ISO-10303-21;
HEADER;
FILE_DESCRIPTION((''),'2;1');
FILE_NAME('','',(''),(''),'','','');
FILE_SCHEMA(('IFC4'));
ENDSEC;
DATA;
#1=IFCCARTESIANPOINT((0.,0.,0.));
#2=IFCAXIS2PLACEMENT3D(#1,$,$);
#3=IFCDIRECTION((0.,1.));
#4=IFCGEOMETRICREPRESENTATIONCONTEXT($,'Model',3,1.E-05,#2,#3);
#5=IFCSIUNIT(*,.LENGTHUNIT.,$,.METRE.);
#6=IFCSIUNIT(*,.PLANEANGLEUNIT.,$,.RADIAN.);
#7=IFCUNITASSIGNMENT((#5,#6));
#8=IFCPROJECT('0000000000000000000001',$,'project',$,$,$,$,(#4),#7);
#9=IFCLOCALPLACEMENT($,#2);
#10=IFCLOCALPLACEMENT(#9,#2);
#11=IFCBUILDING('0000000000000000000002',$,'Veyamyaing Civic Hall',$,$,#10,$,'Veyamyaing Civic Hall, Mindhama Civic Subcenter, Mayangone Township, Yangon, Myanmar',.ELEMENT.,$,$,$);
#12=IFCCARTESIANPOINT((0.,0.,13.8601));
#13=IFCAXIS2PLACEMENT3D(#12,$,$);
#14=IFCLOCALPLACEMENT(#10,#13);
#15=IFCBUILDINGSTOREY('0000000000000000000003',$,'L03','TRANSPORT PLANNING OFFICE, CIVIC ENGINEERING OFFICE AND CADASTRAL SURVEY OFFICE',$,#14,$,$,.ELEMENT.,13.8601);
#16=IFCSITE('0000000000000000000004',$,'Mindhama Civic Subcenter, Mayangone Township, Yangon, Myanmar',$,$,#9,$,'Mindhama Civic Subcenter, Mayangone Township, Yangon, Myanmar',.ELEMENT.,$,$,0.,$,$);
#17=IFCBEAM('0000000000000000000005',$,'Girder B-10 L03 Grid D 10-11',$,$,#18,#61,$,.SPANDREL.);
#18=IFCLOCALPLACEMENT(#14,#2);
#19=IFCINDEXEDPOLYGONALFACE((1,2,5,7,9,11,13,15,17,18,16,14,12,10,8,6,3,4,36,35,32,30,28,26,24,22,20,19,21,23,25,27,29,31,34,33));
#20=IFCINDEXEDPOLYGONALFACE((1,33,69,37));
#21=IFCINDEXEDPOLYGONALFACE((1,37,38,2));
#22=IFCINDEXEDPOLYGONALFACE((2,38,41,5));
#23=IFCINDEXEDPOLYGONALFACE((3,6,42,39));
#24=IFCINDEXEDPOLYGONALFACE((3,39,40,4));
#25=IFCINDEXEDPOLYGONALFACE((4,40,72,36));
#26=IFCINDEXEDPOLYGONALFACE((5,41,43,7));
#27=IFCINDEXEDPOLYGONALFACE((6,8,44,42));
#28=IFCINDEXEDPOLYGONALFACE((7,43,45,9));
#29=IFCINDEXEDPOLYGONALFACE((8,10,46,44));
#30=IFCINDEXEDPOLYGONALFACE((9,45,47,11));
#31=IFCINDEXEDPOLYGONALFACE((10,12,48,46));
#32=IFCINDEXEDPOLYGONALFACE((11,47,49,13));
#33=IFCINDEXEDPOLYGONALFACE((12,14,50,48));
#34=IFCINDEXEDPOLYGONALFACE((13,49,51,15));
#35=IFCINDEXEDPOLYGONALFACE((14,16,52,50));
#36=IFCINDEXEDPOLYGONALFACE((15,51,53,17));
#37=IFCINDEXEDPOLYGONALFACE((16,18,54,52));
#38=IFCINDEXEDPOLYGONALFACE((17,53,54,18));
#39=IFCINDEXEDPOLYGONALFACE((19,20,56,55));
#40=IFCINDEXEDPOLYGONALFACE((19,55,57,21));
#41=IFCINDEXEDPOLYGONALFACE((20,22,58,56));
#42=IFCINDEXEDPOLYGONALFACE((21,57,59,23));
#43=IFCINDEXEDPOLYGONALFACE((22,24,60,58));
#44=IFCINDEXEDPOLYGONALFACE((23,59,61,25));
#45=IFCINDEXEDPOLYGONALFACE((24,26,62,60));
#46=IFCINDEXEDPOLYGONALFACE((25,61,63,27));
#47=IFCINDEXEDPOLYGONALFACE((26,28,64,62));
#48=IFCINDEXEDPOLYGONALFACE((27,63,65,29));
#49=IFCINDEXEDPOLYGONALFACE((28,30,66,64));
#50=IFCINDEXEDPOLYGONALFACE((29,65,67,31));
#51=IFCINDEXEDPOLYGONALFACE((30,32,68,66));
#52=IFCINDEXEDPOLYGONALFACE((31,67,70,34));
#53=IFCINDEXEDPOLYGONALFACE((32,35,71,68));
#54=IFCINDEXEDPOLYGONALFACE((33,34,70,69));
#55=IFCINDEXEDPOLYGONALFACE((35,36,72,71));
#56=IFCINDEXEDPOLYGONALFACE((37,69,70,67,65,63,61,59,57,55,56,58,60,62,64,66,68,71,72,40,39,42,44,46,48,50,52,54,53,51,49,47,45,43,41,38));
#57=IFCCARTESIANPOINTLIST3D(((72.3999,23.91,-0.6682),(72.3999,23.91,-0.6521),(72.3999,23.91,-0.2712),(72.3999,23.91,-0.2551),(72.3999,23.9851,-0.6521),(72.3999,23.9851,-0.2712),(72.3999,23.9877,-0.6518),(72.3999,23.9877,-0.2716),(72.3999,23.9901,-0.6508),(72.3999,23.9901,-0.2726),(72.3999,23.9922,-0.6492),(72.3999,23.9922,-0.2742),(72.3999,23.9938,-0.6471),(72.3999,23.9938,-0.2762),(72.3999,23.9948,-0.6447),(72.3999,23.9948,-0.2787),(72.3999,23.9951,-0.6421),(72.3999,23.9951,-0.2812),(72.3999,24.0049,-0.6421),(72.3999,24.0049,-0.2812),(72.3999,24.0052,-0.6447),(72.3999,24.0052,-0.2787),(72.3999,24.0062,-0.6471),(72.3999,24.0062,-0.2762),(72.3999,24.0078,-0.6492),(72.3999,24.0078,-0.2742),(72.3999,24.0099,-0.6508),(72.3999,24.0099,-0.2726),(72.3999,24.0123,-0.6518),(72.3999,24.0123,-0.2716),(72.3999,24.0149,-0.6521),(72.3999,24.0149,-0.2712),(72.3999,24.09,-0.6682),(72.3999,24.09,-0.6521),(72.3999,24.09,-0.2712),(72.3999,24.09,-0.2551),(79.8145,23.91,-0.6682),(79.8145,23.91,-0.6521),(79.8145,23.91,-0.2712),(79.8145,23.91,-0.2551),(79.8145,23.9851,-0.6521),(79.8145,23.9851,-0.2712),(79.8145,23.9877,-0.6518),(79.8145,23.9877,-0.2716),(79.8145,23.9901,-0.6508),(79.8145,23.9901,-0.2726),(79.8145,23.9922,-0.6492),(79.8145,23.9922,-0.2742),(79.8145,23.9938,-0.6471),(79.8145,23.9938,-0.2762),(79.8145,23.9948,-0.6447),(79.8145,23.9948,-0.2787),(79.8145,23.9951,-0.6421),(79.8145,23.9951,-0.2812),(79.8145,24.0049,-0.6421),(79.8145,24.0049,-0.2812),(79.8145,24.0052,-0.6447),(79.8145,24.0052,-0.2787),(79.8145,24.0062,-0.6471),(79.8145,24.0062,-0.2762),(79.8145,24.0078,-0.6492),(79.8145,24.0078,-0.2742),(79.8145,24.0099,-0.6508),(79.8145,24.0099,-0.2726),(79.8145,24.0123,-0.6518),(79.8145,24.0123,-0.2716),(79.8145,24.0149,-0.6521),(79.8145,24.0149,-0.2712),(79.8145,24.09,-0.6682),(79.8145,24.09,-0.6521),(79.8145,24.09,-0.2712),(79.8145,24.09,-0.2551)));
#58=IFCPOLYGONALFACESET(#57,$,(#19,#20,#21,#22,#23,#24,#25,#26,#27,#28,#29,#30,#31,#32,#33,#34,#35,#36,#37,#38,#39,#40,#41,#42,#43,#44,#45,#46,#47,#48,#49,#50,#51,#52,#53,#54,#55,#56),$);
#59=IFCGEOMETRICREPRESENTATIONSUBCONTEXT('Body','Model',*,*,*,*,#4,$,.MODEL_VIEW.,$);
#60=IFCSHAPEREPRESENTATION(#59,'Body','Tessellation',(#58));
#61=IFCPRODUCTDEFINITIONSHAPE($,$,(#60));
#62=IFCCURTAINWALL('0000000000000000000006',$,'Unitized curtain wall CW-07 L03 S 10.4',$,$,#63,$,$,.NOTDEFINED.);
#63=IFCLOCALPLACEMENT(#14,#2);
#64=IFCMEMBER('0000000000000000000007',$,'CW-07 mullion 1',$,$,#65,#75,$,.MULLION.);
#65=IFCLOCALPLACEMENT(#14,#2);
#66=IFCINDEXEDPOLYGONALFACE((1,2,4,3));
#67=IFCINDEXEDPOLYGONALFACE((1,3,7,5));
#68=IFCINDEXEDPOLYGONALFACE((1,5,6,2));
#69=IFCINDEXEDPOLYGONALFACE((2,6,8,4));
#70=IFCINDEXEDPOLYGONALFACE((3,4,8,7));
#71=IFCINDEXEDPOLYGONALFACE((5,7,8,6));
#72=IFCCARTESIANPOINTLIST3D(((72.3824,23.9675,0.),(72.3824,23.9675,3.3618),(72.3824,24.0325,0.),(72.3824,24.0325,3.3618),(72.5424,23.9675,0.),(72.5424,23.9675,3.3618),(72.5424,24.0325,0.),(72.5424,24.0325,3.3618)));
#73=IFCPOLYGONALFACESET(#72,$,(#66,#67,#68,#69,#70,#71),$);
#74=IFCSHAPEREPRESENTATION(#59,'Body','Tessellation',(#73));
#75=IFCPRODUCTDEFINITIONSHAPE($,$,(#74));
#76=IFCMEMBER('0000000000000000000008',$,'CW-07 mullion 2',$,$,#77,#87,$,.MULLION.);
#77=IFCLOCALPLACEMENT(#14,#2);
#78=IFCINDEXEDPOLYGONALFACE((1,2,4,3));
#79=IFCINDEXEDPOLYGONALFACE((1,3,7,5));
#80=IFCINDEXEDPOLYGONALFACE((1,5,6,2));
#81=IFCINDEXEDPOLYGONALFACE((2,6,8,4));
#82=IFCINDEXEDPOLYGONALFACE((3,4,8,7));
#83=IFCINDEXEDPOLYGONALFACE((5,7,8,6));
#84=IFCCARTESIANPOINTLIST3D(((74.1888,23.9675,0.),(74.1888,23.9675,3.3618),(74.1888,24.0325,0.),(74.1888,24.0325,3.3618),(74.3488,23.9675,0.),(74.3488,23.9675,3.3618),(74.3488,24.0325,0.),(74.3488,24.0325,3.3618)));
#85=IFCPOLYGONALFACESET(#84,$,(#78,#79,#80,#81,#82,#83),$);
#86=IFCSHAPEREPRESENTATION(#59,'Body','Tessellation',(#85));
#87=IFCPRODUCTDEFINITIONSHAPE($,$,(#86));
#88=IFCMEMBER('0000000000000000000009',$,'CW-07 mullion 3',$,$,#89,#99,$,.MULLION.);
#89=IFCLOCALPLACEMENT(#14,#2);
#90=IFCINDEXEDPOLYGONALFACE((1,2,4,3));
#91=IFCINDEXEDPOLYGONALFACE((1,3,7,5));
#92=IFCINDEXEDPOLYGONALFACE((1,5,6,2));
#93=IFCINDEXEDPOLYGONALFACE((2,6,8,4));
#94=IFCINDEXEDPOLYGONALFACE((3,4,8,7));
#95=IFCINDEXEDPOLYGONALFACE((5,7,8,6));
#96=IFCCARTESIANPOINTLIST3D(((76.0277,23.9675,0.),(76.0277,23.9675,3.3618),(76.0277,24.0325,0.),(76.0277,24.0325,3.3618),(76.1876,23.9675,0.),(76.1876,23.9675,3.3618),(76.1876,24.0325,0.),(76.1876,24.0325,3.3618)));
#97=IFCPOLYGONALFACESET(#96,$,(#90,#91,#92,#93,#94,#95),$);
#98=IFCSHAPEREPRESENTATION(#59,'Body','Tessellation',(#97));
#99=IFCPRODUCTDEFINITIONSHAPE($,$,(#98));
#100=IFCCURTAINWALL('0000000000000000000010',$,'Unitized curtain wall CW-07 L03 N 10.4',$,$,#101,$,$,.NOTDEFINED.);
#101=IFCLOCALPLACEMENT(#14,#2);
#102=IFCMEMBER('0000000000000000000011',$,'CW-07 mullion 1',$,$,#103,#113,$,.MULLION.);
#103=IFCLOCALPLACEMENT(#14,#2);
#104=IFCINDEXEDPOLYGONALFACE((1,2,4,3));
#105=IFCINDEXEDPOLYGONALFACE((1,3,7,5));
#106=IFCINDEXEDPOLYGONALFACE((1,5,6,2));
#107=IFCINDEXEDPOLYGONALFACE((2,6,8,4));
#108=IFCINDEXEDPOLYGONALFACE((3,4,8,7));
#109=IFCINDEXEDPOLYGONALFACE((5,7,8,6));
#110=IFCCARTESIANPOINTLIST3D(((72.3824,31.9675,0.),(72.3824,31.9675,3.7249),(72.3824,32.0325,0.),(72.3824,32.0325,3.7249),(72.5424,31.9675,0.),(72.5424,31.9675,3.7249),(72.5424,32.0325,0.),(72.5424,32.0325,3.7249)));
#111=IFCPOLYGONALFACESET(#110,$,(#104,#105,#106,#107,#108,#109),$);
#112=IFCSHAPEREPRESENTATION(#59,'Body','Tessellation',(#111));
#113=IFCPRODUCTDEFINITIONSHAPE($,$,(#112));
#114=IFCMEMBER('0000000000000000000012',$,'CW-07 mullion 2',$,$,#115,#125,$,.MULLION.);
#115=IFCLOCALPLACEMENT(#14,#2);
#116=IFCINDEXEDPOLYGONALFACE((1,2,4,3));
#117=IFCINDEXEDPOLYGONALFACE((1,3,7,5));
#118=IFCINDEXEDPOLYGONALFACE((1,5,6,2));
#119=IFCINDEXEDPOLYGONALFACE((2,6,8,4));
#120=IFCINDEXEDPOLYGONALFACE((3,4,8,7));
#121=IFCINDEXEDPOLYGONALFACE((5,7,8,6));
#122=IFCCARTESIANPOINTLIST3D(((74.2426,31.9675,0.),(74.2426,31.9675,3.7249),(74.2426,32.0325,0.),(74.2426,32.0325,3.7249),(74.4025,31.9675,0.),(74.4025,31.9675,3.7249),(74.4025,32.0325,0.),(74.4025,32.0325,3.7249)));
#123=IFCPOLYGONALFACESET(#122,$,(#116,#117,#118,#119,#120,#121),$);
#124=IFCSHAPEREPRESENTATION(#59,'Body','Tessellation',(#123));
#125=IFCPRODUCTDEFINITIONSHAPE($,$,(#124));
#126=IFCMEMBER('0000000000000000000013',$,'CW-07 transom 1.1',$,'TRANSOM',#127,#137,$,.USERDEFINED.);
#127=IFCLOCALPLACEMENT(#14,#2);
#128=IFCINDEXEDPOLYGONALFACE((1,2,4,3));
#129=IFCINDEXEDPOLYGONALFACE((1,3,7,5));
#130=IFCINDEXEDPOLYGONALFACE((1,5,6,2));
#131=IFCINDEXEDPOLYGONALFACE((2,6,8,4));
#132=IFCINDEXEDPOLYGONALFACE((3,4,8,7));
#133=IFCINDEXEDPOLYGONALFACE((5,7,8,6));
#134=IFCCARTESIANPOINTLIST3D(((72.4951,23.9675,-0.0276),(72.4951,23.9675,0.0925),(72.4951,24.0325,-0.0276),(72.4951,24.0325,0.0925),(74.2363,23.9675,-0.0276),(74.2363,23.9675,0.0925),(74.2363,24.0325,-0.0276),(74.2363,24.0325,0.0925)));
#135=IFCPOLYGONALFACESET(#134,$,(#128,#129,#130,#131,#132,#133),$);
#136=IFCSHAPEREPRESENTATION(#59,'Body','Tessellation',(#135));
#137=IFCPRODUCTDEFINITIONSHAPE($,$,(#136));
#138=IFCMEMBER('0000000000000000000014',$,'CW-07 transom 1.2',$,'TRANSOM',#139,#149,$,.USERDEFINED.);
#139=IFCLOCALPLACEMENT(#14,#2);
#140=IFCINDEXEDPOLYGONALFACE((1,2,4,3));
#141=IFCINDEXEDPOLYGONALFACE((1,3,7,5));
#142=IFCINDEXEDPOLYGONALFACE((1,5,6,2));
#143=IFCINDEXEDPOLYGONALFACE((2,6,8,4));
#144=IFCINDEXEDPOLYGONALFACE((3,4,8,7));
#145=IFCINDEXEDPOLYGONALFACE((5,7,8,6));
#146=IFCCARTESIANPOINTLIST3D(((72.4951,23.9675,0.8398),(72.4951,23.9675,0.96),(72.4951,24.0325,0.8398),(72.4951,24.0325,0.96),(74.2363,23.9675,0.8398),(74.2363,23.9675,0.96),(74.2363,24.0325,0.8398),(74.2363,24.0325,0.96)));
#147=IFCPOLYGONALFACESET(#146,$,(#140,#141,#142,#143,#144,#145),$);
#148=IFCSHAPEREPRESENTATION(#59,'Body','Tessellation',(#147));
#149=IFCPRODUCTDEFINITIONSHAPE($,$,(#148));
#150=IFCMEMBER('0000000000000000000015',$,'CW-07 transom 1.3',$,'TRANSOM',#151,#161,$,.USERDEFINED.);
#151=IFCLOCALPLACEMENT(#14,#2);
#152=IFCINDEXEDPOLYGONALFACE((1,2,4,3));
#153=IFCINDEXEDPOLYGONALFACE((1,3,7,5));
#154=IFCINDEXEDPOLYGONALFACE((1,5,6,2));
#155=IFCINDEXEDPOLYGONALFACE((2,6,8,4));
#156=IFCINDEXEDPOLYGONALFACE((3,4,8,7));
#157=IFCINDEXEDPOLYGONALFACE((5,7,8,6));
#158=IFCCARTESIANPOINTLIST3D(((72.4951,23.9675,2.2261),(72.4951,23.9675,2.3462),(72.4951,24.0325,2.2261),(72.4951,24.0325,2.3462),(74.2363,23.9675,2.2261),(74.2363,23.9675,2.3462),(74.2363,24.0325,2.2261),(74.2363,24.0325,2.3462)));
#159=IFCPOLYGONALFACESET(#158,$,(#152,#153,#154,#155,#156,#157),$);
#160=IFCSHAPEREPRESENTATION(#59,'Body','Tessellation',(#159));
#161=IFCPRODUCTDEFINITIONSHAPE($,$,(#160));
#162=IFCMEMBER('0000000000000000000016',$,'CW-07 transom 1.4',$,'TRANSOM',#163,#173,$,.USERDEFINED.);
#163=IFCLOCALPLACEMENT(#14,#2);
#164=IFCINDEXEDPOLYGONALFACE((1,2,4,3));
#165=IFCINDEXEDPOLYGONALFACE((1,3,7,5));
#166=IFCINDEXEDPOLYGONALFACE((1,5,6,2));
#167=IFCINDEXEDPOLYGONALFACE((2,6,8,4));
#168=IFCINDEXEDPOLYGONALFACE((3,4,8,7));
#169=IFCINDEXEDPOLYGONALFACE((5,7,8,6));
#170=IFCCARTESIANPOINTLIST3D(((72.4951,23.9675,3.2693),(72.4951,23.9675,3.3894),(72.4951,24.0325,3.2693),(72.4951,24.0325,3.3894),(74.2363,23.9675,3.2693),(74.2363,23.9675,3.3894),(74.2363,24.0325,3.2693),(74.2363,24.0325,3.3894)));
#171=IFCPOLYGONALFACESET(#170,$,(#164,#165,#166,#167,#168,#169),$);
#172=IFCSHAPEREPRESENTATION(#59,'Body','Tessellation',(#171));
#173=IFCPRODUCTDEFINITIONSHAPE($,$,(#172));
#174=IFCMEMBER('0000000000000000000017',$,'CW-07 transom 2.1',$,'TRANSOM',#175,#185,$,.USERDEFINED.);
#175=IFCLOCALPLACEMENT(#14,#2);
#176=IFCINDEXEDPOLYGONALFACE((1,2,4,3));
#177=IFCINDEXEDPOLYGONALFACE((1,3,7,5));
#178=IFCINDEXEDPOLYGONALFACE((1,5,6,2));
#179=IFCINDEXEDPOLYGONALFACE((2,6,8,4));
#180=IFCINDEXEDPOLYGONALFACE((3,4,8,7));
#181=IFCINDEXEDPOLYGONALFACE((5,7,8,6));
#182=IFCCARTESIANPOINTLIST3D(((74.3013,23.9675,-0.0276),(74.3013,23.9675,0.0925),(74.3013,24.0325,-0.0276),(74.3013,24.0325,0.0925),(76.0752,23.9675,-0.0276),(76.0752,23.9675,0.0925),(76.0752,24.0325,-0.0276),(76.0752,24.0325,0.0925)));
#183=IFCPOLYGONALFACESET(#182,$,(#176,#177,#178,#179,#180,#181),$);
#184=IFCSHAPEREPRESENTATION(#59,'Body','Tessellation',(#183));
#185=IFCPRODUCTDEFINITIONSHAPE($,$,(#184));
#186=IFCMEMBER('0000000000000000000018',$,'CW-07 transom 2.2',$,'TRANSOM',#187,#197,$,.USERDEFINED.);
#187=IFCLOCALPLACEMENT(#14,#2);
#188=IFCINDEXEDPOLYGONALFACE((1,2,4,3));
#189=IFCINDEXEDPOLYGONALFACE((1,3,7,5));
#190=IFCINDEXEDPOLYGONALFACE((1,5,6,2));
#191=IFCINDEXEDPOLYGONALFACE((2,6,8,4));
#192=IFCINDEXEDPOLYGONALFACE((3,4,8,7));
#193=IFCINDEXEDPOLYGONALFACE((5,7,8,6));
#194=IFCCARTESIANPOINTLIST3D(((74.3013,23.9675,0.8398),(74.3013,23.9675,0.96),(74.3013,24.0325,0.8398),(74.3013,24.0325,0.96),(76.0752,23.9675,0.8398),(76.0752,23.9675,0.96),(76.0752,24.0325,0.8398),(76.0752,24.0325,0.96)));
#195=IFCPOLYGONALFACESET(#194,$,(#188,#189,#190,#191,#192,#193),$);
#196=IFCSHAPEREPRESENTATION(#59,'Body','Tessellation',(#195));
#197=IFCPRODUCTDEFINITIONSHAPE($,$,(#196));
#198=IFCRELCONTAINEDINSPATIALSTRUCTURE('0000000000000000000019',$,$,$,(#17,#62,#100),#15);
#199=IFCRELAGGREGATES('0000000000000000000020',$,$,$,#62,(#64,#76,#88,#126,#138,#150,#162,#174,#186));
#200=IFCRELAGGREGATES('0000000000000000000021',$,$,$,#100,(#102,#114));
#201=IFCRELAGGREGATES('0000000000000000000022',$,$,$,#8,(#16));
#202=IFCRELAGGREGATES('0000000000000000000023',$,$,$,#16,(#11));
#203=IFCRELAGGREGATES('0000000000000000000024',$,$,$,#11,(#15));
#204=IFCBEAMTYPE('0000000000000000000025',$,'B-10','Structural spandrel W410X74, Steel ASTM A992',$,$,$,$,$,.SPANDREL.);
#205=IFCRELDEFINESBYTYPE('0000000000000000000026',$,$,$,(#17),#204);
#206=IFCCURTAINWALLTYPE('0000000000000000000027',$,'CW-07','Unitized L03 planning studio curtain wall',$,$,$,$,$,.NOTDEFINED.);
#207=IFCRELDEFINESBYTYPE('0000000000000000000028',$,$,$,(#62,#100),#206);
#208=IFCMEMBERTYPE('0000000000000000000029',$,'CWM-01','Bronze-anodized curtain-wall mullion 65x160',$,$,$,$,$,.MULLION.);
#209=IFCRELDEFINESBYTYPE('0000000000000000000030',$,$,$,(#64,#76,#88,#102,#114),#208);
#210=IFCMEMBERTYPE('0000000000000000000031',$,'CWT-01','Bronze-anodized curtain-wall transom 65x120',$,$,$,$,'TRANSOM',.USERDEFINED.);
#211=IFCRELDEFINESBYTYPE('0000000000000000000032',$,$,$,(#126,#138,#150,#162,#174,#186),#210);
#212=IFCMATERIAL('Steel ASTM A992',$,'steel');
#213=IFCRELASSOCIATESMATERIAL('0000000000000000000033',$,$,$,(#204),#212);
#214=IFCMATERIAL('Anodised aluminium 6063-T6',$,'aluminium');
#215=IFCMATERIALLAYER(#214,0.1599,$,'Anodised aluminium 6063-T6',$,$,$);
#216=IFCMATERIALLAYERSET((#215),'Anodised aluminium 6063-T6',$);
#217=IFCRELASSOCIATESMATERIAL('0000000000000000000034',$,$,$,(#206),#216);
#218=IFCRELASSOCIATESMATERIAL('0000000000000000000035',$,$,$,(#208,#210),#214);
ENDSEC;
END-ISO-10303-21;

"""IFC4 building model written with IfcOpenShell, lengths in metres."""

from ifc_helpers import new_model, si_unit, direction, frame, origin, origin_2d, place, context, subcontext, project, spatial, rectangle, i_section, extrude, material, layer, layer_set, material_profile, profile_set, type_object, element, aggregate, save


model = new_model("IFC4")

# Units and contexts
model_context = context("Model", 3, precision=1e-05, world=origin(), true_north=direction((0.0, 1.0)))
body_context = subcontext(model_context, "Body", "Model", "MODEL_VIEW")
ifc_project = project(units=[si_unit("LENGTHUNIT", "METRE"), si_unit("PLANEANGLEUNIT", "RADIAN")], contexts=[model_context])

# Site, building, storey
site_placement = place(None, origin())
site = spatial("IfcSite", under=ifc_project, at=site_placement, Name="Mindhama Civic Subcenter, Mayangone Township, Yangon, Myanmar", LongName="Mindhama Civic Subcenter, Mayangone Township, Yangon, Myanmar", CompositionType="ELEMENT", RefElevation=0.0)
building_placement = place(site_placement, origin())
building = spatial("IfcBuilding", under=site, at=building_placement, Name="Veyamyaing Civic Hall", LongName="Veyamyaing Civic Hall, Mindhama Civic Subcenter, Mayangone Township, Yangon, Myanmar", CompositionType="ELEMENT")
storey_placement = place(building_placement, frame((0.0, 0.0, 13.8601)))
storey = spatial("IfcBuildingStorey", under=building, at=storey_placement, Name="L03", Description="TRANSPORT PLANNING OFFICE, CIVIC ENGINEERING OFFICE AND CADASTRAL SURVEY OFFICE", CompositionType="ELEMENT", Elevation=13.8601)

# Beam
ifc_material_1 = material(Name="Steel ASTM A992", Category="steel")
ifc_material_profile_1 = material_profile(ifc_material_1, i_section(OverallWidth=0.1799, OverallDepth=0.4131, WebThickness=0.0098, FlangeThickness=0.0161, FilletRadius=0.01, at=origin_2d()), Name="W410X74")
ifc_profile_set_1 = profile_set([ifc_material_profile_1], Name="Steel ASTM A992")
beam_type = type_object("IfcBeamType", Name="B-10", Description="Structural spandrel W410X74, Steel ASTM A992", PredefinedType="SPANDREL", material=ifc_profile_set_1)
beam_placement = place(storey_placement, frame((72.3999, 24.0, -0.4617), z_axis=(1.0, 0.0, 0.0), x_axis=(0.0, 1.0, 0.0)))
element("IfcBeam", 1, at=beam_placement, inside=storey, type_object=beam_type, Name="Girder B-10 L03 Grid D 10-11", PredefinedType="SPANDREL", context=body_context, shape_type="SweptSolid", body=[
    extrude(i_section(OverallWidth=0.1799, OverallDepth=0.4131, WebThickness=0.0098, FlangeThickness=0.0161, FilletRadius=0.01, at=origin_2d()), origin(), (0.0, 0.0, 1.0), 7.4146),
])

# Curtain walls, members
ifc_material_2 = material(Name="Anodised aluminium 6063-T6", Category="aluminium")
ifc_layer_1 = layer(ifc_material_2, 0.1599, Name="Anodised aluminium 6063-T6")
ifc_layer_set_1 = layer_set([ifc_layer_1], Name="Anodised aluminium 6063-T6")
curtain_wall_type = type_object("IfcCurtainWallType", Name="CW-07", Description="Unitized L03 planning studio curtain wall", PredefinedType="NOTDEFINED", material=ifc_layer_set_1)
curtain_wall_1_placement = place(storey_placement, origin())
curtain_wall_1 = element("IfcCurtainWall", 2, at=curtain_wall_1_placement, inside=storey, type_object=curtain_wall_type, Name="Unitized curtain wall CW-07 L03 S 10.4", PredefinedType="NOTDEFINED")
ifc_material_profile_2 = material_profile(ifc_material_2, rectangle(XDim=0.0649, YDim=0.1599, at=origin_2d()), Name="ALU-MUL-65X160")
ifc_profile_set_2 = profile_set([ifc_material_profile_2], Name="Anodised aluminium 6063-T6")
member_type_1 = type_object("IfcMemberType", Name="CWM-01", Description="Bronze-anodized curtain-wall mullion 65x160", PredefinedType="MULLION", material=ifc_profile_set_2)
member_1_placement = place(storey_placement, frame((72.4624, 24.0, 0.0), z_axis=(0.0, 0.0, 1.0), x_axis=(0.0, 1.0, 0.0)))
member_1 = element("IfcMember", 3, at=member_1_placement, type_object=member_type_1, Name="CW-07 mullion 1", PredefinedType="MULLION", context=body_context, shape_type="SweptSolid", body=[
    extrude(rectangle(XDim=0.0649, YDim=0.1599, at=origin_2d()), origin(), (0.0, 0.0, 1.0), 3.3618),
])
member_2_placement = place(storey_placement, frame((74.2688, 24.0, 0.0), z_axis=(0.0, 0.0, 1.0), x_axis=(0.0, 1.0, 0.0)))
member_2 = element("IfcMember", 4, at=member_2_placement, type_object=member_type_1, Name="CW-07 mullion 2", PredefinedType="MULLION", context=body_context, shape_type="SweptSolid", body=[
    extrude(rectangle(XDim=0.0649, YDim=0.1599, at=origin_2d()), origin(), (0.0, 0.0, 1.0), 3.3618),
])
member_3_placement = place(storey_placement, frame((76.1077, 24.0, 0.0), z_axis=(0.0, 0.0, 1.0), x_axis=(0.0, 1.0, 0.0)))
member_3 = element("IfcMember", 5, at=member_3_placement, type_object=member_type_1, Name="CW-07 mullion 3", PredefinedType="MULLION", context=body_context, shape_type="SweptSolid", body=[
    extrude(rectangle(XDim=0.0649, YDim=0.1599, at=origin_2d()), origin(), (0.0, 0.0, 1.0), 3.3618),
])
curtain_wall_2_placement = place(storey_placement, origin())
curtain_wall_2 = element("IfcCurtainWall", 6, at=curtain_wall_2_placement, inside=storey, type_object=curtain_wall_type, Name="Unitized curtain wall CW-07 L03 N 10.4", PredefinedType="NOTDEFINED")
member_4_placement = place(storey_placement, frame((72.4624, 32.0, 0.0), z_axis=(0.0, 0.0, 1.0), x_axis=(0.0, 1.0, 0.0)))
member_4 = element("IfcMember", 7, at=member_4_placement, type_object=member_type_1, Name="CW-07 mullion 1", PredefinedType="MULLION", context=body_context, shape_type="SweptSolid", body=[
    extrude(rectangle(XDim=0.0649, YDim=0.1599, at=origin_2d()), origin(), (0.0, 0.0, 1.0), 3.7249),
])
member_5_placement = place(storey_placement, frame((74.3225, 32.0, 0.0), z_axis=(0.0, 0.0, 1.0), x_axis=(0.0, 1.0, 0.0)))
member_5 = element("IfcMember", 8, at=member_5_placement, type_object=member_type_1, Name="CW-07 mullion 2", PredefinedType="MULLION", context=body_context, shape_type="SweptSolid", body=[
    extrude(rectangle(XDim=0.0649, YDim=0.1599, at=origin_2d()), origin(), (0.0, 0.0, 1.0), 3.7249),
])

# Members
ifc_material_profile_3 = material_profile(ifc_material_2, rectangle(XDim=0.0649, YDim=0.1201, at=origin_2d()), Name="ALU-TRN-65X120")
ifc_profile_set_3 = profile_set([ifc_material_profile_3], Name="Anodised aluminium 6063-T6")
member_type_2 = type_object("IfcMemberType", Name="CWT-01", Description="Bronze-anodized curtain-wall transom 65x120", ElementType="TRANSOM", PredefinedType="USERDEFINED", material=ifc_profile_set_3)
member_6_placement = place(storey_placement, frame((72.4951, 24.0, 0.0325), z_axis=(1.0, 0.0, 0.0), x_axis=(0.0, 1.0, 0.0)))
member_6 = element("IfcMember", 9, at=member_6_placement, type_object=member_type_2, Name="CW-07 transom 1.1", ObjectType="TRANSOM", PredefinedType="USERDEFINED", context=body_context, shape_type="SweptSolid", body=[
    extrude(rectangle(XDim=0.0649, YDim=0.1201, at=origin_2d()), origin(), (0.0, 0.0, 1.0), 1.7412),
])
member_7_placement = place(storey_placement, frame((72.4951, 24.0, 0.8999), z_axis=(1.0, 0.0, 0.0), x_axis=(0.0, 1.0, 0.0)))
member_7 = element("IfcMember", 10, at=member_7_placement, type_object=member_type_2, Name="CW-07 transom 1.2", ObjectType="TRANSOM", PredefinedType="USERDEFINED", context=body_context, shape_type="SweptSolid", body=[
    extrude(rectangle(XDim=0.0649, YDim=0.1201, at=origin_2d()), origin(), (0.0, 0.0, 1.0), 1.7412),
])
member_8_placement = place(storey_placement, frame((72.4951, 24.0, 2.2861), z_axis=(1.0, 0.0, 0.0), x_axis=(0.0, 1.0, 0.0)))
member_8 = element("IfcMember", 11, at=member_8_placement, type_object=member_type_2, Name="CW-07 transom 1.3", ObjectType="TRANSOM", PredefinedType="USERDEFINED", context=body_context, shape_type="SweptSolid", body=[
    extrude(rectangle(XDim=0.0649, YDim=0.1201, at=origin_2d()), origin(), (0.0, 0.0, 1.0), 1.7412),
])
member_9_placement = place(storey_placement, frame((72.4951, 24.0, 3.3293), z_axis=(1.0, 0.0, 0.0), x_axis=(0.0, 1.0, 0.0)))
member_9 = element("IfcMember", 12, at=member_9_placement, type_object=member_type_2, Name="CW-07 transom 1.4", ObjectType="TRANSOM", PredefinedType="USERDEFINED", context=body_context, shape_type="SweptSolid", body=[
    extrude(rectangle(XDim=0.0649, YDim=0.1201, at=origin_2d()), origin(), (0.0, 0.0, 1.0), 1.7412),
])
member_10_placement = place(storey_placement, frame((74.3013, 24.0, 0.0325), z_axis=(1.0, 0.0, 0.0), x_axis=(0.0, 1.0, 0.0)))
member_10 = element("IfcMember", 13, at=member_10_placement, type_object=member_type_2, Name="CW-07 transom 2.1", ObjectType="TRANSOM", PredefinedType="USERDEFINED", context=body_context, shape_type="SweptSolid", body=[
    extrude(rectangle(XDim=0.0649, YDim=0.1201, at=origin_2d()), origin(), (0.0, 0.0, 1.0), 1.7739),
])
member_11_placement = place(storey_placement, frame((74.3013, 24.0, 0.8999), z_axis=(1.0, 0.0, 0.0), x_axis=(0.0, 1.0, 0.0)))
member_11 = element("IfcMember", 14, at=member_11_placement, type_object=member_type_2, Name="CW-07 transom 2.2", ObjectType="TRANSOM", PredefinedType="USERDEFINED", context=body_context, shape_type="SweptSolid", body=[
    extrude(rectangle(XDim=0.0649, YDim=0.1201, at=origin_2d()), origin(), (0.0, 0.0, 1.0), 1.7739),
])

aggregate(curtain_wall_1, [member_1, member_2, member_3, member_6, member_7, member_8, member_9, member_10, member_11])
aggregate(curtain_wall_2, [member_4, member_5])

save(model, "model.ifc")
